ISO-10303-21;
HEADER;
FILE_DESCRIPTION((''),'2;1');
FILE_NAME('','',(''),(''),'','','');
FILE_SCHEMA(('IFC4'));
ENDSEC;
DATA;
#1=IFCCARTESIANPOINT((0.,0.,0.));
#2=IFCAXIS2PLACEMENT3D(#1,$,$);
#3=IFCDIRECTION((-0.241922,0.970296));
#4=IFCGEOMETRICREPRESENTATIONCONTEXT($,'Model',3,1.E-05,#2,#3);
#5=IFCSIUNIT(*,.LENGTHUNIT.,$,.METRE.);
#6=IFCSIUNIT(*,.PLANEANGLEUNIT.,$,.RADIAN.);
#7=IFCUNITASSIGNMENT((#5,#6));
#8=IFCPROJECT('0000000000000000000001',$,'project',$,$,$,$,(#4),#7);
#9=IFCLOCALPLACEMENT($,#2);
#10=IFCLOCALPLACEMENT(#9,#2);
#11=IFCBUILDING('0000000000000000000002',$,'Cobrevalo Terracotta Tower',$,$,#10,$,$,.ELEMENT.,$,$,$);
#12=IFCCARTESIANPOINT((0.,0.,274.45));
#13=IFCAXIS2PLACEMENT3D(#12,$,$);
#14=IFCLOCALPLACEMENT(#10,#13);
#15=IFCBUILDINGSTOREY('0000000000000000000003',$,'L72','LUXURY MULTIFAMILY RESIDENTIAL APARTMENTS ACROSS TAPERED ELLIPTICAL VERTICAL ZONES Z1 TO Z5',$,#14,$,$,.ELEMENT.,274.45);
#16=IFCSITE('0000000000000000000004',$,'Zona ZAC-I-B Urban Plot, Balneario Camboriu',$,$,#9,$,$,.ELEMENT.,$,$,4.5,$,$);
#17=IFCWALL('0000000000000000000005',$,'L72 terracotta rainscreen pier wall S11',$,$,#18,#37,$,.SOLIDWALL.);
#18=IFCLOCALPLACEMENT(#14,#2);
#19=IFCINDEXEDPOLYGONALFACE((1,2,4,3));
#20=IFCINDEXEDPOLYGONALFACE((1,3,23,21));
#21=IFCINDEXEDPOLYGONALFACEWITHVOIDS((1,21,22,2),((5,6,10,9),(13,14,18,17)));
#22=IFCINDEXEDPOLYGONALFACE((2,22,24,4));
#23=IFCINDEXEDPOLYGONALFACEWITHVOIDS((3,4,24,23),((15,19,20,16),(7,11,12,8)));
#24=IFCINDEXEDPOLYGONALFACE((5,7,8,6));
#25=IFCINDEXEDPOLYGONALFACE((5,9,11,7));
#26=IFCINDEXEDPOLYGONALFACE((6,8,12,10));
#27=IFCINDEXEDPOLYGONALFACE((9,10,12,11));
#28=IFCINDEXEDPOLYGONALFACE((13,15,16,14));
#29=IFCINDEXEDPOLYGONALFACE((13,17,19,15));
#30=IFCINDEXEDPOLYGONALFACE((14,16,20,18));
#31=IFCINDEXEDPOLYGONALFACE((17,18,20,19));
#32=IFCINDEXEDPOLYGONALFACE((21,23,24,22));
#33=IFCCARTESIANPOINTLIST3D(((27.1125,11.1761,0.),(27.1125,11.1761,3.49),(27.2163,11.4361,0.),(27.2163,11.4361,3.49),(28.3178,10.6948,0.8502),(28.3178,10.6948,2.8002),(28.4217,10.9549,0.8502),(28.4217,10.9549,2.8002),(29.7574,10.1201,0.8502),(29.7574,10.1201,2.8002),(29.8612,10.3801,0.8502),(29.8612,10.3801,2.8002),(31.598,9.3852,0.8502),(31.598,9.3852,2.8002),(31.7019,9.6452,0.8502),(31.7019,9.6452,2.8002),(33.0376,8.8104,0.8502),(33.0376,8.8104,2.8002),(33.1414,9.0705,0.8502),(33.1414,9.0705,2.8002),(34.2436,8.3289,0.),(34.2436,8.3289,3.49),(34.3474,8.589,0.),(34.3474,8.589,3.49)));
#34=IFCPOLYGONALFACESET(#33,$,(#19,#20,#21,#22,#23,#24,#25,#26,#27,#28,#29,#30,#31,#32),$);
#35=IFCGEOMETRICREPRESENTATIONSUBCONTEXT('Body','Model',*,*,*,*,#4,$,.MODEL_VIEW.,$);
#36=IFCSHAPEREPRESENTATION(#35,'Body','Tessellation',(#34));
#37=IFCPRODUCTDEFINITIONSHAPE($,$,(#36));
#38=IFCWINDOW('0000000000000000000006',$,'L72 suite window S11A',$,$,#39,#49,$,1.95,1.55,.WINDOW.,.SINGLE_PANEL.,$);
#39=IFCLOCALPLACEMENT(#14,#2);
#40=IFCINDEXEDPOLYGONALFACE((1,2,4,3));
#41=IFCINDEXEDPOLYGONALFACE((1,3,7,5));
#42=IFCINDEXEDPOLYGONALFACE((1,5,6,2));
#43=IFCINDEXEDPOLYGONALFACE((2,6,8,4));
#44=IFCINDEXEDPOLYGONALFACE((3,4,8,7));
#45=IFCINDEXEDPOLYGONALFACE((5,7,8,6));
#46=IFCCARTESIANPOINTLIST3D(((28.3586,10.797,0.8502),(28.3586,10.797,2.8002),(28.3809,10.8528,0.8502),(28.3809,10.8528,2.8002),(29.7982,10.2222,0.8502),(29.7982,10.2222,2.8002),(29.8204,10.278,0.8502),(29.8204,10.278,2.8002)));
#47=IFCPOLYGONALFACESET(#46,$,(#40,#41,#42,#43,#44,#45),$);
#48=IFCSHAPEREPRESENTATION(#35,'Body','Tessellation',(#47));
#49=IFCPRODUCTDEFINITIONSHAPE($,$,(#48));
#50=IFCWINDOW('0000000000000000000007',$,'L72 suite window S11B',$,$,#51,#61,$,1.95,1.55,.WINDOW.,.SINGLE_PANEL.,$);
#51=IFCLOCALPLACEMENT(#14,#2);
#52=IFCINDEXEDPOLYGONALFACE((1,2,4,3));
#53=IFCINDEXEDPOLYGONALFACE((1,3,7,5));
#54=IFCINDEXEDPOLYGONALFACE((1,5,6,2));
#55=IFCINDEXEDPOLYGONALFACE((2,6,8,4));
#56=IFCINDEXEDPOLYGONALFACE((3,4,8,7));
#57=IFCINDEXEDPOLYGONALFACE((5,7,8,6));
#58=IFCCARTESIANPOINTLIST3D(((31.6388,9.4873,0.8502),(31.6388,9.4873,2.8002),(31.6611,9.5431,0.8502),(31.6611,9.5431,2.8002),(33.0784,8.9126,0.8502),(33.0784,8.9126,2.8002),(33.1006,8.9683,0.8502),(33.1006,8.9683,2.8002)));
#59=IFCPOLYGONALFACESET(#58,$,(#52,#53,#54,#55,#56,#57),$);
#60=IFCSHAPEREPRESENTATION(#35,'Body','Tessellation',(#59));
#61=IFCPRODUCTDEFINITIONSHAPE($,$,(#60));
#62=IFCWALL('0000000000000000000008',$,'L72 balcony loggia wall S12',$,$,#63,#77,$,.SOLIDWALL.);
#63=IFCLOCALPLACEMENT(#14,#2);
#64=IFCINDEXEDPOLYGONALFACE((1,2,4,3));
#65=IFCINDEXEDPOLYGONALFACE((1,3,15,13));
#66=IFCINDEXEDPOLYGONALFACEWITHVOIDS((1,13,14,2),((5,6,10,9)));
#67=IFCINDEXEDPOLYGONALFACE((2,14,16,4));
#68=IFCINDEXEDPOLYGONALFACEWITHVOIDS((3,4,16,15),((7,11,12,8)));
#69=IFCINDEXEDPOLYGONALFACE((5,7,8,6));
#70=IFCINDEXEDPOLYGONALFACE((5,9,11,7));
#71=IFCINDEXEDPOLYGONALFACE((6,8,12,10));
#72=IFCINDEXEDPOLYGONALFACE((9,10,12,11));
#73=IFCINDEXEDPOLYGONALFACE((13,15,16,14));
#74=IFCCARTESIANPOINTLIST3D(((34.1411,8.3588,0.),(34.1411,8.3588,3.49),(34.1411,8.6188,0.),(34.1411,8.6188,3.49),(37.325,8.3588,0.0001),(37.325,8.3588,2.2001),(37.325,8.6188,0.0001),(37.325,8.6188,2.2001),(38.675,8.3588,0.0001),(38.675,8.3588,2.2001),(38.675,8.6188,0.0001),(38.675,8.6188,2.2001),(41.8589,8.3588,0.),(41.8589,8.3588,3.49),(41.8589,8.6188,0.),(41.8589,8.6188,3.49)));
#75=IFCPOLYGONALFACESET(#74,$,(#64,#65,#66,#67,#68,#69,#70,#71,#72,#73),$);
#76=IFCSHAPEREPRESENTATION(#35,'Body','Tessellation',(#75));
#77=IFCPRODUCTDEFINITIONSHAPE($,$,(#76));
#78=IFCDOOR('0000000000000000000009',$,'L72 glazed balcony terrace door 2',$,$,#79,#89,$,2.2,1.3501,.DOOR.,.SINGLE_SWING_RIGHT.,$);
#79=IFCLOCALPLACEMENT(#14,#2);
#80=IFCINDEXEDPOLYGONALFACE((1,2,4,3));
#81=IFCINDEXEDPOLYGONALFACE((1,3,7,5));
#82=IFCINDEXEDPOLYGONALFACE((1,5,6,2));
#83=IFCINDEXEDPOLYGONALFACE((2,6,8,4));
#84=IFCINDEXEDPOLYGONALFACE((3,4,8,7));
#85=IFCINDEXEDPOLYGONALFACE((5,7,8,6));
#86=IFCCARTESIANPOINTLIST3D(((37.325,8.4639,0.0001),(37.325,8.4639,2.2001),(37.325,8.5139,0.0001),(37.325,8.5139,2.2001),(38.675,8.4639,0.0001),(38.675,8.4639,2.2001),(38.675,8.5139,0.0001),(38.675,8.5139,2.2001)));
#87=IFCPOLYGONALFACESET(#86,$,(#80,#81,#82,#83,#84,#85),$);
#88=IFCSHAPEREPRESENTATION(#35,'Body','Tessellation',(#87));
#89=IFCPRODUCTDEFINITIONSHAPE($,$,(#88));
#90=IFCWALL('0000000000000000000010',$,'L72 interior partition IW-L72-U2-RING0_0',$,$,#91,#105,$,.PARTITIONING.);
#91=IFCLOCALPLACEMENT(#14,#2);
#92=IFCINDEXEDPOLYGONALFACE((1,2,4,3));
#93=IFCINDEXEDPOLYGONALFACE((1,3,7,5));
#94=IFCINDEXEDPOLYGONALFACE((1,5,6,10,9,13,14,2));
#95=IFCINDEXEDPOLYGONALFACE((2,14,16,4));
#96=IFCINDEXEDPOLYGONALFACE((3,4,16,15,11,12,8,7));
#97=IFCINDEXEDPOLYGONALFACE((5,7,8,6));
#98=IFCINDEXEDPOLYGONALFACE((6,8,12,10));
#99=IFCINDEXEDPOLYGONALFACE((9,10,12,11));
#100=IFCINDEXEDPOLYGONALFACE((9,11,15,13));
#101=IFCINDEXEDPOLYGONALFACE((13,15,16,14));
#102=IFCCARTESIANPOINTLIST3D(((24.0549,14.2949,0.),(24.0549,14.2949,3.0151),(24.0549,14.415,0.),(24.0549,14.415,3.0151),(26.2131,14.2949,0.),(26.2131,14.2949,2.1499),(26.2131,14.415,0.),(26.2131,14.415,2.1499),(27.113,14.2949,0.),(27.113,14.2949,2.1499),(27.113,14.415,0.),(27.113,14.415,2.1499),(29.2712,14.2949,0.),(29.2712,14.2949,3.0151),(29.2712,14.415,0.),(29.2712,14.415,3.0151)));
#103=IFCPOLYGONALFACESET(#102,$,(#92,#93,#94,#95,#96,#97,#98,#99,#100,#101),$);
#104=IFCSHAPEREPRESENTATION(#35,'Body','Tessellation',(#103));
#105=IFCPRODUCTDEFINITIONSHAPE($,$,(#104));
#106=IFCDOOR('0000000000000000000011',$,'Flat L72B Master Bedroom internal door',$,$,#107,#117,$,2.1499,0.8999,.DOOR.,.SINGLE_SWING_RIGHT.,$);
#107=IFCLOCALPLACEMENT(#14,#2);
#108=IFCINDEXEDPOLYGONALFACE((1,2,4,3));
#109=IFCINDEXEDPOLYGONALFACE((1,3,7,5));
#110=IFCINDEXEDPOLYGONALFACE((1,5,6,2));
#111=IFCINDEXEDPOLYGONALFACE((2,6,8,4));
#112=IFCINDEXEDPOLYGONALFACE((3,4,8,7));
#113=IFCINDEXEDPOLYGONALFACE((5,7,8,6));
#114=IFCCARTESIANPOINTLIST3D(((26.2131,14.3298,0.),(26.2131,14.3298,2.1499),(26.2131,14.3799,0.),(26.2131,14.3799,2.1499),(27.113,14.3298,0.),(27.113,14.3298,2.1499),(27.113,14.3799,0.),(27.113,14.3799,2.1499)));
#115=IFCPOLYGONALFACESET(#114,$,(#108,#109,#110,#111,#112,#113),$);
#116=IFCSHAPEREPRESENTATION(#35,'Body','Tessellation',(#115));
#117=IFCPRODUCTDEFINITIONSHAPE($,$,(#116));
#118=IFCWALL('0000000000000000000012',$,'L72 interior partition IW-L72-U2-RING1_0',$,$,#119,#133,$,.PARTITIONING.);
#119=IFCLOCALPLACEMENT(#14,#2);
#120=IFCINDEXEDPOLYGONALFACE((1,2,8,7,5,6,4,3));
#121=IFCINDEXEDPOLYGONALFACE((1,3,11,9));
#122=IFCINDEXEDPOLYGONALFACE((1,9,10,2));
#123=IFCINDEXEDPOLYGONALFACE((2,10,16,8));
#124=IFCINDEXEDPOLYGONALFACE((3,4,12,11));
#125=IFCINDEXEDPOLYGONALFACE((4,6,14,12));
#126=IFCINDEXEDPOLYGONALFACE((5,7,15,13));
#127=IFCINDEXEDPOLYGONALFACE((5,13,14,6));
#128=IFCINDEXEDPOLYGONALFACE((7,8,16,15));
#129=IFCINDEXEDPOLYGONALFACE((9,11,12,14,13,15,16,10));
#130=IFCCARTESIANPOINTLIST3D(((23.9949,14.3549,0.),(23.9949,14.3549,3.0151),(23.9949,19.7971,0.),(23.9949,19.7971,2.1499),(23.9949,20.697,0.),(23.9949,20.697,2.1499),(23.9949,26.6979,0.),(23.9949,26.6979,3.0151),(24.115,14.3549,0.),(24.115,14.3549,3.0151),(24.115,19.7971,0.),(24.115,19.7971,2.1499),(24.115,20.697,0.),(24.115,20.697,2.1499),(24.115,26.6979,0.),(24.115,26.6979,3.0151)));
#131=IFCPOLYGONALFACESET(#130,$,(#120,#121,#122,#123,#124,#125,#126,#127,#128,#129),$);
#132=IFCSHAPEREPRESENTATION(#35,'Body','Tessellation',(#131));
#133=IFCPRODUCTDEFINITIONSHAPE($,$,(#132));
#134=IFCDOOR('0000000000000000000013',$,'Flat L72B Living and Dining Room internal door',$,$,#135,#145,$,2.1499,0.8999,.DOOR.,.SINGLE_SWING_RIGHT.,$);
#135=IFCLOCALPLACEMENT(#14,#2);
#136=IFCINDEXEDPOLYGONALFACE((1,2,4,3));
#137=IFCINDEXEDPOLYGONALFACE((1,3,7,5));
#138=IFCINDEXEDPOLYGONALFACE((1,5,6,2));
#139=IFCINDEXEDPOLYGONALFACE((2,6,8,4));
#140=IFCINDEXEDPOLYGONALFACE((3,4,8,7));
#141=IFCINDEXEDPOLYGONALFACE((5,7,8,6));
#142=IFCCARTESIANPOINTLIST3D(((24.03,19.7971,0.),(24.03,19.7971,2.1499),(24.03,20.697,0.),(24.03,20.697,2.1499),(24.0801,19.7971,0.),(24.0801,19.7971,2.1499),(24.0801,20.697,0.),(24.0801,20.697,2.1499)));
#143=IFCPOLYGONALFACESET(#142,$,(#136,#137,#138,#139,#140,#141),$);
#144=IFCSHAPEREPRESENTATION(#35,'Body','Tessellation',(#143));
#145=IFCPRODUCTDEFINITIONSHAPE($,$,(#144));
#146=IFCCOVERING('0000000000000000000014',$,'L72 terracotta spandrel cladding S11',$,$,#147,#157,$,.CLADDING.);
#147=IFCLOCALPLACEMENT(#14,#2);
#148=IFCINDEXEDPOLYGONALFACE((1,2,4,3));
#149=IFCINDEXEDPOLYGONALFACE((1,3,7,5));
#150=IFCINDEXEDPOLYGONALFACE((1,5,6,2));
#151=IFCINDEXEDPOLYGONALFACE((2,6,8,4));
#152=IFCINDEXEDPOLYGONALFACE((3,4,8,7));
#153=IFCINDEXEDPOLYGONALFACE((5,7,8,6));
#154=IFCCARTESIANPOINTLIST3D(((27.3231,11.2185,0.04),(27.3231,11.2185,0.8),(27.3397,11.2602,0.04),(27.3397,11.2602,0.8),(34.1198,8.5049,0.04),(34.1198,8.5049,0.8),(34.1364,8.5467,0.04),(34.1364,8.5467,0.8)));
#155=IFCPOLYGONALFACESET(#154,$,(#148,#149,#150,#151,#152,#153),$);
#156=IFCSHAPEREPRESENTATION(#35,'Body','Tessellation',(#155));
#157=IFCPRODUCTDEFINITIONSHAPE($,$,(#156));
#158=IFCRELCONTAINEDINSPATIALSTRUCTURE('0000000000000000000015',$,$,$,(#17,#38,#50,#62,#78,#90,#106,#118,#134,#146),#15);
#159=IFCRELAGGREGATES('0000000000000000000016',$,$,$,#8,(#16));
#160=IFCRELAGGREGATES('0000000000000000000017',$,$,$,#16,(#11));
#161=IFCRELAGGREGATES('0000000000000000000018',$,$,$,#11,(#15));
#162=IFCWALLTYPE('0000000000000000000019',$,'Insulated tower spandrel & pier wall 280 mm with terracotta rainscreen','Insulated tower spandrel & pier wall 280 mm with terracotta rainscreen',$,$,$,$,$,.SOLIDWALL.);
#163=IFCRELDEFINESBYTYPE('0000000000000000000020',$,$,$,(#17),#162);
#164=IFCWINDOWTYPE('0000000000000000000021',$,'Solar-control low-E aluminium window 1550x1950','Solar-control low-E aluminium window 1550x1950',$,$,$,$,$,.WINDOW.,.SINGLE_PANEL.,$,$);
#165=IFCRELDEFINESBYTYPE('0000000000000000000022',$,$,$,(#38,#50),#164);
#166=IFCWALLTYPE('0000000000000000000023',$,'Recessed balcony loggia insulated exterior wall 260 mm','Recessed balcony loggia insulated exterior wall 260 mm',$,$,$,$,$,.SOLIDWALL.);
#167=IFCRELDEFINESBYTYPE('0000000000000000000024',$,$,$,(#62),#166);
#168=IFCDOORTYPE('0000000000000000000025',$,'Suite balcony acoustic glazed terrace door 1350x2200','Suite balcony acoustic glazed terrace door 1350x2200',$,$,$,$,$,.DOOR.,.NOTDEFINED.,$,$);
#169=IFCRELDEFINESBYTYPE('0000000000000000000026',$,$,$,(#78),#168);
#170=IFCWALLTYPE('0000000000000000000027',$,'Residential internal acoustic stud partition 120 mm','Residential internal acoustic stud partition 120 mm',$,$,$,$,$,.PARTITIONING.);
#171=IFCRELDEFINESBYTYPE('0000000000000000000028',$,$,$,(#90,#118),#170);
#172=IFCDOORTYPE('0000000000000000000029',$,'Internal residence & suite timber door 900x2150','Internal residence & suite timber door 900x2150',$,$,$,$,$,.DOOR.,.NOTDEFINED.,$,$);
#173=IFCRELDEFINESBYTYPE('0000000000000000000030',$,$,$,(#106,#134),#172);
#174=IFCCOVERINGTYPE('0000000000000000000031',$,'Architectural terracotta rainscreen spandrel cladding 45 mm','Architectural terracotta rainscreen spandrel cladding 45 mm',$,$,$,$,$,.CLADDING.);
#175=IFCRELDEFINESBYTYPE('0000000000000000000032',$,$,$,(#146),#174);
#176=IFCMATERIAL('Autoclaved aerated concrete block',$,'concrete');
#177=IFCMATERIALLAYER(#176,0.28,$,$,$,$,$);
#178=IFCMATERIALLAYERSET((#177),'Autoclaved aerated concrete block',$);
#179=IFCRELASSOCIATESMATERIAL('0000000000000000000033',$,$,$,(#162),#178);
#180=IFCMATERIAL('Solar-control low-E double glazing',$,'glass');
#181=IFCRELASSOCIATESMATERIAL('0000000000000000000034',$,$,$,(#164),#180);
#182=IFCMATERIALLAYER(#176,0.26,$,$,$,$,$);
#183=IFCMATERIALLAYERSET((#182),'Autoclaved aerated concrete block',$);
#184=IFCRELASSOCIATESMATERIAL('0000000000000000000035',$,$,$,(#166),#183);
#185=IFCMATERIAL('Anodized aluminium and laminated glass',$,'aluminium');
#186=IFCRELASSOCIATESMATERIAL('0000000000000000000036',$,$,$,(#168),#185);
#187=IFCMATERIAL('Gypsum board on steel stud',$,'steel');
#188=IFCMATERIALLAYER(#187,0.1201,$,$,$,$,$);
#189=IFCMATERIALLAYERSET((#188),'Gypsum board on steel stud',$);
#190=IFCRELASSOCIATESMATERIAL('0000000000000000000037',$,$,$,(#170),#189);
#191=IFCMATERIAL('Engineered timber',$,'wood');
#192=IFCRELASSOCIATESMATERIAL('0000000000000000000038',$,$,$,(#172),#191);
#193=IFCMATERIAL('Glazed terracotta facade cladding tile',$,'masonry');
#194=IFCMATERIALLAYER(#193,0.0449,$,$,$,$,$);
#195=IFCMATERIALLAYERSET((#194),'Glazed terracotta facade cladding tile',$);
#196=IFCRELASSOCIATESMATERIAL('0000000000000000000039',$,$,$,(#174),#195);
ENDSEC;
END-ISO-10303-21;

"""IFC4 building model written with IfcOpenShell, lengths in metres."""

from ifc_helpers import new_model, si_unit, direction, frame, frame_2d, origin, origin_2d, place, context, subcontext, project, spatial, rectangle, extrude, source, transform, mapped, material, layer, layer_set, type_object, element, fill, save


model = new_model("IFC4")

# Units and contexts
model_context = context("Model", 3, precision=1e-05, world=origin(), true_north=direction((-0.241922, 0.970296)))
body_context = subcontext(model_context, "Body", "Model", "MODEL_VIEW")
ifc_project = project(units=[si_unit("LENGTHUNIT", "METRE"), si_unit("PLANEANGLEUNIT", "RADIAN")], contexts=[model_context])

# Site, building, storey
site_placement = place(None, origin())
site = spatial("IfcSite", under=ifc_project, at=site_placement, Name="Zona ZAC-I-B Urban Plot, Balneario Camboriu", CompositionType="ELEMENT", RefElevation=4.5)
building_placement = place(site_placement, origin())
building = spatial("IfcBuilding", under=site, at=building_placement, Name="Cobrevalo Terracotta Tower", CompositionType="ELEMENT")
storey_placement = place(building_placement, frame((0.0, 0.0, 274.45)))
storey = spatial("IfcBuildingStorey", under=building, at=storey_placement, Name="L72", Description="LUXURY MULTIFAMILY RESIDENTIAL APARTMENTS ACROSS TAPERED ELLIPTICAL VERTICAL ZONES Z1 TO Z5", CompositionType="ELEMENT", Elevation=274.45)

# Shared definitions
ifc_material_1 = material(Name="Solar-control low-E double glazing", Category="glass")

# Wall, openings, windows
ifc_material_2 = material(Name="Autoclaved aerated concrete block", Category="concrete")
ifc_layer_1 = layer(ifc_material_2, 0.28)
ifc_layer_set_1 = layer_set([ifc_layer_1], Name="Autoclaved aerated concrete block")
wall_type_1 = type_object("IfcWallType", Name="Insulated tower spandrel & pier wall 280 mm with terracotta rainscreen", Description="Insulated tower spandrel & pier wall 280 mm with terracotta rainscreen", PredefinedType="SOLIDWALL", material=ifc_layer_set_1)
wall_1_placement = place(storey_placement, frame((27.1643, 11.3062, 0.0), z_axis=(0.0, 0.0, 1.0), x_axis=(0.928713, -0.370799, 0.0)))
wall_1 = element("IfcWall", 1, at=wall_1_placement, inside=storey, type_object=wall_type_1, Name="L72 terracotta rainscreen pier wall S11", PredefinedType="SOLIDWALL", context=body_context, shape_type="SweptSolid", body=[
    extrude(rectangle(XDim=7.6785, YDim=0.28, at=frame_2d((3.8394, 0.0))), origin(), (0.0, 0.0, 1.0), 3.49),
])
opening_1_placement = place(wall_1_placement, frame((1.2981, 0.0, 0.8501)))
opening_1 = element("IfcOpeningElement", 2, at=opening_1_placement, cuts=wall_1, PredefinedType="OPENING", context=body_context, shape_type="SweptSolid", body=[
    extrude(rectangle(XDim=1.55, YDim=1.95, at=frame_2d((0.7749, 0.9751))), frame((0.0, 0.1499, 0.0), z_axis=(0.0, -1.0, 0.0), x_axis=(1.0, 0.0, 0.0)), (0.0, 0.0, 1.0), 0.3),
])
opening_2_placement = place(wall_1_placement, frame((4.8301, 0.0, 0.8501)))
opening_2 = element("IfcOpeningElement", 3, at=opening_2_placement, cuts=wall_1, PredefinedType="OPENING", context=body_context, shape_type="SweptSolid", body=[
    extrude(rectangle(XDim=1.55, YDim=1.95, at=frame_2d((0.7749, 0.9751))), frame((0.0, 0.1499, 0.0), z_axis=(0.0, -1.0, 0.0), x_axis=(1.0, 0.0, 0.0)), (0.0, 0.0, 1.0), 0.3),
])
window_type = type_object("IfcWindowType", Name="Solar-control low-E aluminium window 1550x1950", Description="Solar-control low-E aluminium window 1550x1950", PartitioningType="SINGLE_PANEL", PredefinedType="WINDOW", material=ifc_material_1)
shared_shape_1 = source(origin(), body_context, "Body", "SweptSolid", [
    extrude(rectangle(XDim=1.55, YDim=1.95, at=frame_2d((0.7749, 0.9751))), frame((0.0, 0.03, 0.0), z_axis=(0.0, -1.0, 0.0), x_axis=(1.0, 0.0, 0.0)), (0.0, 0.0, 1.0), 0.0601),
])
window_1_placement = place(opening_1_placement, origin())
window_1 = element("IfcWindow", 4, at=window_1_placement, inside=storey, type_object=window_type, Name="L72 suite window S11A", OverallHeight=1.95, OverallWidth=1.55, PartitioningType="SINGLE_PANEL", PredefinedType="WINDOW", context=body_context, shape_type="MappedRepresentation", body=[
    mapped(shared_shape_1, transform((0.0, 0.0, 0.0), scale=1.0)),
])
fill(opening_1, window_1)
window_2_placement = place(opening_2_placement, origin())
window_2 = element("IfcWindow", 5, at=window_2_placement, inside=storey, type_object=window_type, Name="L72 suite window S11B", OverallHeight=1.95, OverallWidth=1.55, PartitioningType="SINGLE_PANEL", PredefinedType="WINDOW", context=body_context, shape_type="MappedRepresentation", body=[
    mapped(shared_shape_1, transform((0.0, 0.0, 0.0), scale=1.0)),
])
fill(opening_2, window_2)

# Walls, openings, doors
ifc_layer_2 = layer(ifc_material_2, 0.26)
ifc_layer_set_2 = layer_set([ifc_layer_2], Name="Autoclaved aerated concrete block")
wall_type_2 = type_object("IfcWallType", Name="Recessed balcony loggia insulated exterior wall 260 mm", Description="Recessed balcony loggia insulated exterior wall 260 mm", PredefinedType="SOLIDWALL", material=ifc_layer_set_2)
wall_2_placement = place(storey_placement, frame((34.1411, 8.4888, 0.0), z_axis=(0.0, 0.0, 1.0), x_axis=(1.0, 0.0, 0.0)))
wall_2 = element("IfcWall", 6, at=wall_2_placement, inside=storey, type_object=wall_type_2, Name="L72 balcony loggia wall S12", PredefinedType="SOLIDWALL", context=body_context, shape_type="SweptSolid", body=[
    extrude(rectangle(XDim=7.7178, YDim=0.26, at=frame_2d((3.8589, 0.0))), origin(), (0.0, 0.0, 1.0), 3.49),
])
opening_3_placement = place(wall_2_placement, frame((3.1838, 0.0, 0.0)))
opening_3 = element("IfcOpeningElement", 7, at=opening_3_placement, cuts=wall_2, PredefinedType="OPENING", context=body_context, shape_type="SweptSolid", body=[
    extrude(rectangle(XDim=1.3501, YDim=2.2, at=frame_2d((0.675, 1.1001))), frame((0.0, 0.1401, 0.0), z_axis=(0.0, -1.0, 0.0), x_axis=(1.0, 0.0, 0.0)), (0.0, 0.0, 1.0), 0.28),
])
ifc_material_3 = material(Name="Anodized aluminium and laminated glass", Category="aluminium")
door_type_1 = type_object("IfcDoorType", Name="Suite balcony acoustic glazed terrace door 1350x2200", Description="Suite balcony acoustic glazed terrace door 1350x2200", OperationType="NOTDEFINED", PredefinedType="DOOR", material=ifc_material_3)
shared_shape_2 = source(origin(), body_context, "Body", "SweptSolid", [
    extrude(rectangle(XDim=1.3501, YDim=2.2, at=frame_2d((0.675, 1.1001))), frame((0.0, 0.0249, 0.0), z_axis=(0.0, -1.0, 0.0), x_axis=(1.0, 0.0, 0.0)), (0.0, 0.0, 1.0), 0.05),
])
door_1_placement = place(opening_3_placement, frame((1.3501, 0.0, 0.0), z_axis=(0.0, 0.0, 1.0), x_axis=(-1.0, 0.0, 0.0)))
door_1 = element("IfcDoor", 8, at=door_1_placement, inside=storey, type_object=door_type_1, Name="L72 glazed balcony terrace door 2", OperationType="SINGLE_SWING_RIGHT", OverallHeight=2.2, OverallWidth=1.3501, PredefinedType="DOOR", context=body_context, shape_type="MappedRepresentation", body=[
    mapped(shared_shape_2, transform((0.0, 0.0, 0.0), scale=1.0)),
])
fill(opening_3, door_1)
ifc_material_4 = material(Name="Gypsum board on steel stud", Category="steel")
ifc_layer_3 = layer(ifc_material_4, 0.1201)
ifc_layer_set_3 = layer_set([ifc_layer_3], Name="Gypsum board on steel stud")
wall_type_3 = type_object("IfcWallType", Name="Residential internal acoustic stud partition 120 mm", Description="Residential internal acoustic stud partition 120 mm", PredefinedType="PARTITIONING", material=ifc_layer_set_3)
wall_3_placement = place(storey_placement, frame((29.2712, 14.355, 0.0), z_axis=(0.0, 0.0, 1.0), x_axis=(-1.0, 0.0, 0.0)))
wall_3 = element("IfcWall", 9, at=wall_3_placement, inside=storey, type_object=wall_type_3, Name="L72 interior partition IW-L72-U2-RING0_0", PredefinedType="PARTITIONING", context=body_context, shape_type="SweptSolid", body=[
    extrude(rectangle(XDim=5.2163, YDim=0.1201, at=frame_2d((2.6082, 0.0))), origin(), (0.0, 0.0, 1.0), 3.0151),
])
opening_4_placement = place(wall_3_placement, frame((2.1582, 0.0, 0.0)))
opening_4 = element("IfcOpeningElement", 10, at=opening_4_placement, cuts=wall_3, PredefinedType="OPENING", context=body_context, shape_type="SweptSolid", body=[
    extrude(rectangle(XDim=0.8999, YDim=2.1499, at=frame_2d((0.45, 1.075))), frame((0.0, 0.0701, 0.0), z_axis=(0.0, -1.0, 0.0), x_axis=(1.0, 0.0, 0.0)), (0.0, 0.0, 1.0), 0.1401),
])
ifc_material_5 = material(Name="Engineered timber", Category="wood")
door_type_2 = type_object("IfcDoorType", Name="Internal residence & suite timber door 900x2150", Description="Internal residence & suite timber door 900x2150", OperationType="NOTDEFINED", PredefinedType="DOOR", material=ifc_material_5)
shared_shape_3 = source(origin(), body_context, "Body", "SweptSolid", [
    extrude(rectangle(XDim=0.8999, YDim=2.1499, at=frame_2d((0.45, 1.075))), frame((0.0, 0.0249, 0.0), z_axis=(0.0, -1.0, 0.0), x_axis=(1.0, 0.0, 0.0)), (0.0, 0.0, 1.0), 0.05),
])
door_2_placement = place(opening_4_placement, frame((0.8999, 0.0, 0.0), z_axis=(0.0, 0.0, 1.0), x_axis=(-1.0, 0.0, 0.0)))
door_2 = element("IfcDoor", 11, at=door_2_placement, inside=storey, type_object=door_type_2, Name="Flat L72B Master Bedroom internal door", OperationType="SINGLE_SWING_RIGHT", OverallHeight=2.1499, OverallWidth=0.8999, PredefinedType="DOOR", context=body_context, shape_type="MappedRepresentation", body=[
    mapped(shared_shape_3, transform((0.0, 0.0, 0.0), scale=1.0)),
])
fill(opening_4, door_2)
wall_4_placement = place(storey_placement, frame((24.0549, 14.355, 0.0), z_axis=(0.0, 0.0, 1.0), x_axis=(0.0, 1.0, 0.0)))
wall_4 = element("IfcWall", 12, at=wall_4_placement, inside=storey, type_object=wall_type_3, Name="L72 interior partition IW-L72-U2-RING1_0", PredefinedType="PARTITIONING", context=body_context, shape_type="SweptSolid", body=[
    extrude(rectangle(XDim=12.343, YDim=0.1201, at=frame_2d((6.1714, 0.0))), origin(), (0.0, 0.0, 1.0), 3.0151),
])
opening_5_placement = place(wall_4_placement, frame((5.4421, 0.0, 0.0)))
opening_5 = element("IfcOpeningElement", 13, at=opening_5_placement, cuts=wall_4, PredefinedType="OPENING", context=body_context, shape_type="SweptSolid", body=[
    extrude(rectangle(XDim=0.8999, YDim=2.1499, at=frame_2d((0.45, 1.075))), frame((0.0, 0.0701, 0.0), z_axis=(0.0, -1.0, 0.0), x_axis=(1.0, 0.0, 0.0)), (0.0, 0.0, 1.0), 0.1401),
])
door_3_placement = place(opening_5_placement, origin())
door_3 = element("IfcDoor", 14, at=door_3_placement, inside=storey, type_object=door_type_2, Name="Flat L72B Living and Dining Room internal door", OperationType="SINGLE_SWING_RIGHT", OverallHeight=2.1499, OverallWidth=0.8999, PredefinedType="DOOR", context=body_context, shape_type="MappedRepresentation", body=[
    mapped(shared_shape_3, transform((0.0, 0.0, 0.0), scale=1.0)),
])
fill(opening_5, door_3)

# Covering
ifc_material_6 = material(Name="Glazed terracotta facade cladding tile", Category="masonry")
ifc_layer_4 = layer(ifc_material_6, 0.0449)
ifc_layer_set_4 = layer_set([ifc_layer_4], Name="Glazed terracotta facade cladding tile")
covering_type = type_object("IfcCoveringType", Name="Architectural terracotta rainscreen spandrel cladding 45 mm", Description="Architectural terracotta rainscreen spandrel cladding 45 mm", PredefinedType="CLADDING", material=ifc_layer_set_4)
shared_shape_4 = source(origin(), body_context, "Body", "SweptSolid", [
    extrude(rectangle(XDim=7.3184, YDim=0.0449, at=origin_2d()), origin(), (0.0, 0.0, 1.0), 0.76),
])
covering_placement = place(storey_placement, frame((30.7297, 9.8826, 0.04), z_axis=(0.0, 0.0, 1.0), x_axis=(0.928718, -0.370786, 0.0)))
element("IfcCovering", 15, at=covering_placement, inside=storey, type_object=covering_type, Name="L72 terracotta spandrel cladding S11", PredefinedType="CLADDING", context=body_context, shape_type="MappedRepresentation", body=[
    mapped(shared_shape_4, transform((0.0, 0.0, 0.0), scale=1.0)),
])

save(model, "model.ifc")
